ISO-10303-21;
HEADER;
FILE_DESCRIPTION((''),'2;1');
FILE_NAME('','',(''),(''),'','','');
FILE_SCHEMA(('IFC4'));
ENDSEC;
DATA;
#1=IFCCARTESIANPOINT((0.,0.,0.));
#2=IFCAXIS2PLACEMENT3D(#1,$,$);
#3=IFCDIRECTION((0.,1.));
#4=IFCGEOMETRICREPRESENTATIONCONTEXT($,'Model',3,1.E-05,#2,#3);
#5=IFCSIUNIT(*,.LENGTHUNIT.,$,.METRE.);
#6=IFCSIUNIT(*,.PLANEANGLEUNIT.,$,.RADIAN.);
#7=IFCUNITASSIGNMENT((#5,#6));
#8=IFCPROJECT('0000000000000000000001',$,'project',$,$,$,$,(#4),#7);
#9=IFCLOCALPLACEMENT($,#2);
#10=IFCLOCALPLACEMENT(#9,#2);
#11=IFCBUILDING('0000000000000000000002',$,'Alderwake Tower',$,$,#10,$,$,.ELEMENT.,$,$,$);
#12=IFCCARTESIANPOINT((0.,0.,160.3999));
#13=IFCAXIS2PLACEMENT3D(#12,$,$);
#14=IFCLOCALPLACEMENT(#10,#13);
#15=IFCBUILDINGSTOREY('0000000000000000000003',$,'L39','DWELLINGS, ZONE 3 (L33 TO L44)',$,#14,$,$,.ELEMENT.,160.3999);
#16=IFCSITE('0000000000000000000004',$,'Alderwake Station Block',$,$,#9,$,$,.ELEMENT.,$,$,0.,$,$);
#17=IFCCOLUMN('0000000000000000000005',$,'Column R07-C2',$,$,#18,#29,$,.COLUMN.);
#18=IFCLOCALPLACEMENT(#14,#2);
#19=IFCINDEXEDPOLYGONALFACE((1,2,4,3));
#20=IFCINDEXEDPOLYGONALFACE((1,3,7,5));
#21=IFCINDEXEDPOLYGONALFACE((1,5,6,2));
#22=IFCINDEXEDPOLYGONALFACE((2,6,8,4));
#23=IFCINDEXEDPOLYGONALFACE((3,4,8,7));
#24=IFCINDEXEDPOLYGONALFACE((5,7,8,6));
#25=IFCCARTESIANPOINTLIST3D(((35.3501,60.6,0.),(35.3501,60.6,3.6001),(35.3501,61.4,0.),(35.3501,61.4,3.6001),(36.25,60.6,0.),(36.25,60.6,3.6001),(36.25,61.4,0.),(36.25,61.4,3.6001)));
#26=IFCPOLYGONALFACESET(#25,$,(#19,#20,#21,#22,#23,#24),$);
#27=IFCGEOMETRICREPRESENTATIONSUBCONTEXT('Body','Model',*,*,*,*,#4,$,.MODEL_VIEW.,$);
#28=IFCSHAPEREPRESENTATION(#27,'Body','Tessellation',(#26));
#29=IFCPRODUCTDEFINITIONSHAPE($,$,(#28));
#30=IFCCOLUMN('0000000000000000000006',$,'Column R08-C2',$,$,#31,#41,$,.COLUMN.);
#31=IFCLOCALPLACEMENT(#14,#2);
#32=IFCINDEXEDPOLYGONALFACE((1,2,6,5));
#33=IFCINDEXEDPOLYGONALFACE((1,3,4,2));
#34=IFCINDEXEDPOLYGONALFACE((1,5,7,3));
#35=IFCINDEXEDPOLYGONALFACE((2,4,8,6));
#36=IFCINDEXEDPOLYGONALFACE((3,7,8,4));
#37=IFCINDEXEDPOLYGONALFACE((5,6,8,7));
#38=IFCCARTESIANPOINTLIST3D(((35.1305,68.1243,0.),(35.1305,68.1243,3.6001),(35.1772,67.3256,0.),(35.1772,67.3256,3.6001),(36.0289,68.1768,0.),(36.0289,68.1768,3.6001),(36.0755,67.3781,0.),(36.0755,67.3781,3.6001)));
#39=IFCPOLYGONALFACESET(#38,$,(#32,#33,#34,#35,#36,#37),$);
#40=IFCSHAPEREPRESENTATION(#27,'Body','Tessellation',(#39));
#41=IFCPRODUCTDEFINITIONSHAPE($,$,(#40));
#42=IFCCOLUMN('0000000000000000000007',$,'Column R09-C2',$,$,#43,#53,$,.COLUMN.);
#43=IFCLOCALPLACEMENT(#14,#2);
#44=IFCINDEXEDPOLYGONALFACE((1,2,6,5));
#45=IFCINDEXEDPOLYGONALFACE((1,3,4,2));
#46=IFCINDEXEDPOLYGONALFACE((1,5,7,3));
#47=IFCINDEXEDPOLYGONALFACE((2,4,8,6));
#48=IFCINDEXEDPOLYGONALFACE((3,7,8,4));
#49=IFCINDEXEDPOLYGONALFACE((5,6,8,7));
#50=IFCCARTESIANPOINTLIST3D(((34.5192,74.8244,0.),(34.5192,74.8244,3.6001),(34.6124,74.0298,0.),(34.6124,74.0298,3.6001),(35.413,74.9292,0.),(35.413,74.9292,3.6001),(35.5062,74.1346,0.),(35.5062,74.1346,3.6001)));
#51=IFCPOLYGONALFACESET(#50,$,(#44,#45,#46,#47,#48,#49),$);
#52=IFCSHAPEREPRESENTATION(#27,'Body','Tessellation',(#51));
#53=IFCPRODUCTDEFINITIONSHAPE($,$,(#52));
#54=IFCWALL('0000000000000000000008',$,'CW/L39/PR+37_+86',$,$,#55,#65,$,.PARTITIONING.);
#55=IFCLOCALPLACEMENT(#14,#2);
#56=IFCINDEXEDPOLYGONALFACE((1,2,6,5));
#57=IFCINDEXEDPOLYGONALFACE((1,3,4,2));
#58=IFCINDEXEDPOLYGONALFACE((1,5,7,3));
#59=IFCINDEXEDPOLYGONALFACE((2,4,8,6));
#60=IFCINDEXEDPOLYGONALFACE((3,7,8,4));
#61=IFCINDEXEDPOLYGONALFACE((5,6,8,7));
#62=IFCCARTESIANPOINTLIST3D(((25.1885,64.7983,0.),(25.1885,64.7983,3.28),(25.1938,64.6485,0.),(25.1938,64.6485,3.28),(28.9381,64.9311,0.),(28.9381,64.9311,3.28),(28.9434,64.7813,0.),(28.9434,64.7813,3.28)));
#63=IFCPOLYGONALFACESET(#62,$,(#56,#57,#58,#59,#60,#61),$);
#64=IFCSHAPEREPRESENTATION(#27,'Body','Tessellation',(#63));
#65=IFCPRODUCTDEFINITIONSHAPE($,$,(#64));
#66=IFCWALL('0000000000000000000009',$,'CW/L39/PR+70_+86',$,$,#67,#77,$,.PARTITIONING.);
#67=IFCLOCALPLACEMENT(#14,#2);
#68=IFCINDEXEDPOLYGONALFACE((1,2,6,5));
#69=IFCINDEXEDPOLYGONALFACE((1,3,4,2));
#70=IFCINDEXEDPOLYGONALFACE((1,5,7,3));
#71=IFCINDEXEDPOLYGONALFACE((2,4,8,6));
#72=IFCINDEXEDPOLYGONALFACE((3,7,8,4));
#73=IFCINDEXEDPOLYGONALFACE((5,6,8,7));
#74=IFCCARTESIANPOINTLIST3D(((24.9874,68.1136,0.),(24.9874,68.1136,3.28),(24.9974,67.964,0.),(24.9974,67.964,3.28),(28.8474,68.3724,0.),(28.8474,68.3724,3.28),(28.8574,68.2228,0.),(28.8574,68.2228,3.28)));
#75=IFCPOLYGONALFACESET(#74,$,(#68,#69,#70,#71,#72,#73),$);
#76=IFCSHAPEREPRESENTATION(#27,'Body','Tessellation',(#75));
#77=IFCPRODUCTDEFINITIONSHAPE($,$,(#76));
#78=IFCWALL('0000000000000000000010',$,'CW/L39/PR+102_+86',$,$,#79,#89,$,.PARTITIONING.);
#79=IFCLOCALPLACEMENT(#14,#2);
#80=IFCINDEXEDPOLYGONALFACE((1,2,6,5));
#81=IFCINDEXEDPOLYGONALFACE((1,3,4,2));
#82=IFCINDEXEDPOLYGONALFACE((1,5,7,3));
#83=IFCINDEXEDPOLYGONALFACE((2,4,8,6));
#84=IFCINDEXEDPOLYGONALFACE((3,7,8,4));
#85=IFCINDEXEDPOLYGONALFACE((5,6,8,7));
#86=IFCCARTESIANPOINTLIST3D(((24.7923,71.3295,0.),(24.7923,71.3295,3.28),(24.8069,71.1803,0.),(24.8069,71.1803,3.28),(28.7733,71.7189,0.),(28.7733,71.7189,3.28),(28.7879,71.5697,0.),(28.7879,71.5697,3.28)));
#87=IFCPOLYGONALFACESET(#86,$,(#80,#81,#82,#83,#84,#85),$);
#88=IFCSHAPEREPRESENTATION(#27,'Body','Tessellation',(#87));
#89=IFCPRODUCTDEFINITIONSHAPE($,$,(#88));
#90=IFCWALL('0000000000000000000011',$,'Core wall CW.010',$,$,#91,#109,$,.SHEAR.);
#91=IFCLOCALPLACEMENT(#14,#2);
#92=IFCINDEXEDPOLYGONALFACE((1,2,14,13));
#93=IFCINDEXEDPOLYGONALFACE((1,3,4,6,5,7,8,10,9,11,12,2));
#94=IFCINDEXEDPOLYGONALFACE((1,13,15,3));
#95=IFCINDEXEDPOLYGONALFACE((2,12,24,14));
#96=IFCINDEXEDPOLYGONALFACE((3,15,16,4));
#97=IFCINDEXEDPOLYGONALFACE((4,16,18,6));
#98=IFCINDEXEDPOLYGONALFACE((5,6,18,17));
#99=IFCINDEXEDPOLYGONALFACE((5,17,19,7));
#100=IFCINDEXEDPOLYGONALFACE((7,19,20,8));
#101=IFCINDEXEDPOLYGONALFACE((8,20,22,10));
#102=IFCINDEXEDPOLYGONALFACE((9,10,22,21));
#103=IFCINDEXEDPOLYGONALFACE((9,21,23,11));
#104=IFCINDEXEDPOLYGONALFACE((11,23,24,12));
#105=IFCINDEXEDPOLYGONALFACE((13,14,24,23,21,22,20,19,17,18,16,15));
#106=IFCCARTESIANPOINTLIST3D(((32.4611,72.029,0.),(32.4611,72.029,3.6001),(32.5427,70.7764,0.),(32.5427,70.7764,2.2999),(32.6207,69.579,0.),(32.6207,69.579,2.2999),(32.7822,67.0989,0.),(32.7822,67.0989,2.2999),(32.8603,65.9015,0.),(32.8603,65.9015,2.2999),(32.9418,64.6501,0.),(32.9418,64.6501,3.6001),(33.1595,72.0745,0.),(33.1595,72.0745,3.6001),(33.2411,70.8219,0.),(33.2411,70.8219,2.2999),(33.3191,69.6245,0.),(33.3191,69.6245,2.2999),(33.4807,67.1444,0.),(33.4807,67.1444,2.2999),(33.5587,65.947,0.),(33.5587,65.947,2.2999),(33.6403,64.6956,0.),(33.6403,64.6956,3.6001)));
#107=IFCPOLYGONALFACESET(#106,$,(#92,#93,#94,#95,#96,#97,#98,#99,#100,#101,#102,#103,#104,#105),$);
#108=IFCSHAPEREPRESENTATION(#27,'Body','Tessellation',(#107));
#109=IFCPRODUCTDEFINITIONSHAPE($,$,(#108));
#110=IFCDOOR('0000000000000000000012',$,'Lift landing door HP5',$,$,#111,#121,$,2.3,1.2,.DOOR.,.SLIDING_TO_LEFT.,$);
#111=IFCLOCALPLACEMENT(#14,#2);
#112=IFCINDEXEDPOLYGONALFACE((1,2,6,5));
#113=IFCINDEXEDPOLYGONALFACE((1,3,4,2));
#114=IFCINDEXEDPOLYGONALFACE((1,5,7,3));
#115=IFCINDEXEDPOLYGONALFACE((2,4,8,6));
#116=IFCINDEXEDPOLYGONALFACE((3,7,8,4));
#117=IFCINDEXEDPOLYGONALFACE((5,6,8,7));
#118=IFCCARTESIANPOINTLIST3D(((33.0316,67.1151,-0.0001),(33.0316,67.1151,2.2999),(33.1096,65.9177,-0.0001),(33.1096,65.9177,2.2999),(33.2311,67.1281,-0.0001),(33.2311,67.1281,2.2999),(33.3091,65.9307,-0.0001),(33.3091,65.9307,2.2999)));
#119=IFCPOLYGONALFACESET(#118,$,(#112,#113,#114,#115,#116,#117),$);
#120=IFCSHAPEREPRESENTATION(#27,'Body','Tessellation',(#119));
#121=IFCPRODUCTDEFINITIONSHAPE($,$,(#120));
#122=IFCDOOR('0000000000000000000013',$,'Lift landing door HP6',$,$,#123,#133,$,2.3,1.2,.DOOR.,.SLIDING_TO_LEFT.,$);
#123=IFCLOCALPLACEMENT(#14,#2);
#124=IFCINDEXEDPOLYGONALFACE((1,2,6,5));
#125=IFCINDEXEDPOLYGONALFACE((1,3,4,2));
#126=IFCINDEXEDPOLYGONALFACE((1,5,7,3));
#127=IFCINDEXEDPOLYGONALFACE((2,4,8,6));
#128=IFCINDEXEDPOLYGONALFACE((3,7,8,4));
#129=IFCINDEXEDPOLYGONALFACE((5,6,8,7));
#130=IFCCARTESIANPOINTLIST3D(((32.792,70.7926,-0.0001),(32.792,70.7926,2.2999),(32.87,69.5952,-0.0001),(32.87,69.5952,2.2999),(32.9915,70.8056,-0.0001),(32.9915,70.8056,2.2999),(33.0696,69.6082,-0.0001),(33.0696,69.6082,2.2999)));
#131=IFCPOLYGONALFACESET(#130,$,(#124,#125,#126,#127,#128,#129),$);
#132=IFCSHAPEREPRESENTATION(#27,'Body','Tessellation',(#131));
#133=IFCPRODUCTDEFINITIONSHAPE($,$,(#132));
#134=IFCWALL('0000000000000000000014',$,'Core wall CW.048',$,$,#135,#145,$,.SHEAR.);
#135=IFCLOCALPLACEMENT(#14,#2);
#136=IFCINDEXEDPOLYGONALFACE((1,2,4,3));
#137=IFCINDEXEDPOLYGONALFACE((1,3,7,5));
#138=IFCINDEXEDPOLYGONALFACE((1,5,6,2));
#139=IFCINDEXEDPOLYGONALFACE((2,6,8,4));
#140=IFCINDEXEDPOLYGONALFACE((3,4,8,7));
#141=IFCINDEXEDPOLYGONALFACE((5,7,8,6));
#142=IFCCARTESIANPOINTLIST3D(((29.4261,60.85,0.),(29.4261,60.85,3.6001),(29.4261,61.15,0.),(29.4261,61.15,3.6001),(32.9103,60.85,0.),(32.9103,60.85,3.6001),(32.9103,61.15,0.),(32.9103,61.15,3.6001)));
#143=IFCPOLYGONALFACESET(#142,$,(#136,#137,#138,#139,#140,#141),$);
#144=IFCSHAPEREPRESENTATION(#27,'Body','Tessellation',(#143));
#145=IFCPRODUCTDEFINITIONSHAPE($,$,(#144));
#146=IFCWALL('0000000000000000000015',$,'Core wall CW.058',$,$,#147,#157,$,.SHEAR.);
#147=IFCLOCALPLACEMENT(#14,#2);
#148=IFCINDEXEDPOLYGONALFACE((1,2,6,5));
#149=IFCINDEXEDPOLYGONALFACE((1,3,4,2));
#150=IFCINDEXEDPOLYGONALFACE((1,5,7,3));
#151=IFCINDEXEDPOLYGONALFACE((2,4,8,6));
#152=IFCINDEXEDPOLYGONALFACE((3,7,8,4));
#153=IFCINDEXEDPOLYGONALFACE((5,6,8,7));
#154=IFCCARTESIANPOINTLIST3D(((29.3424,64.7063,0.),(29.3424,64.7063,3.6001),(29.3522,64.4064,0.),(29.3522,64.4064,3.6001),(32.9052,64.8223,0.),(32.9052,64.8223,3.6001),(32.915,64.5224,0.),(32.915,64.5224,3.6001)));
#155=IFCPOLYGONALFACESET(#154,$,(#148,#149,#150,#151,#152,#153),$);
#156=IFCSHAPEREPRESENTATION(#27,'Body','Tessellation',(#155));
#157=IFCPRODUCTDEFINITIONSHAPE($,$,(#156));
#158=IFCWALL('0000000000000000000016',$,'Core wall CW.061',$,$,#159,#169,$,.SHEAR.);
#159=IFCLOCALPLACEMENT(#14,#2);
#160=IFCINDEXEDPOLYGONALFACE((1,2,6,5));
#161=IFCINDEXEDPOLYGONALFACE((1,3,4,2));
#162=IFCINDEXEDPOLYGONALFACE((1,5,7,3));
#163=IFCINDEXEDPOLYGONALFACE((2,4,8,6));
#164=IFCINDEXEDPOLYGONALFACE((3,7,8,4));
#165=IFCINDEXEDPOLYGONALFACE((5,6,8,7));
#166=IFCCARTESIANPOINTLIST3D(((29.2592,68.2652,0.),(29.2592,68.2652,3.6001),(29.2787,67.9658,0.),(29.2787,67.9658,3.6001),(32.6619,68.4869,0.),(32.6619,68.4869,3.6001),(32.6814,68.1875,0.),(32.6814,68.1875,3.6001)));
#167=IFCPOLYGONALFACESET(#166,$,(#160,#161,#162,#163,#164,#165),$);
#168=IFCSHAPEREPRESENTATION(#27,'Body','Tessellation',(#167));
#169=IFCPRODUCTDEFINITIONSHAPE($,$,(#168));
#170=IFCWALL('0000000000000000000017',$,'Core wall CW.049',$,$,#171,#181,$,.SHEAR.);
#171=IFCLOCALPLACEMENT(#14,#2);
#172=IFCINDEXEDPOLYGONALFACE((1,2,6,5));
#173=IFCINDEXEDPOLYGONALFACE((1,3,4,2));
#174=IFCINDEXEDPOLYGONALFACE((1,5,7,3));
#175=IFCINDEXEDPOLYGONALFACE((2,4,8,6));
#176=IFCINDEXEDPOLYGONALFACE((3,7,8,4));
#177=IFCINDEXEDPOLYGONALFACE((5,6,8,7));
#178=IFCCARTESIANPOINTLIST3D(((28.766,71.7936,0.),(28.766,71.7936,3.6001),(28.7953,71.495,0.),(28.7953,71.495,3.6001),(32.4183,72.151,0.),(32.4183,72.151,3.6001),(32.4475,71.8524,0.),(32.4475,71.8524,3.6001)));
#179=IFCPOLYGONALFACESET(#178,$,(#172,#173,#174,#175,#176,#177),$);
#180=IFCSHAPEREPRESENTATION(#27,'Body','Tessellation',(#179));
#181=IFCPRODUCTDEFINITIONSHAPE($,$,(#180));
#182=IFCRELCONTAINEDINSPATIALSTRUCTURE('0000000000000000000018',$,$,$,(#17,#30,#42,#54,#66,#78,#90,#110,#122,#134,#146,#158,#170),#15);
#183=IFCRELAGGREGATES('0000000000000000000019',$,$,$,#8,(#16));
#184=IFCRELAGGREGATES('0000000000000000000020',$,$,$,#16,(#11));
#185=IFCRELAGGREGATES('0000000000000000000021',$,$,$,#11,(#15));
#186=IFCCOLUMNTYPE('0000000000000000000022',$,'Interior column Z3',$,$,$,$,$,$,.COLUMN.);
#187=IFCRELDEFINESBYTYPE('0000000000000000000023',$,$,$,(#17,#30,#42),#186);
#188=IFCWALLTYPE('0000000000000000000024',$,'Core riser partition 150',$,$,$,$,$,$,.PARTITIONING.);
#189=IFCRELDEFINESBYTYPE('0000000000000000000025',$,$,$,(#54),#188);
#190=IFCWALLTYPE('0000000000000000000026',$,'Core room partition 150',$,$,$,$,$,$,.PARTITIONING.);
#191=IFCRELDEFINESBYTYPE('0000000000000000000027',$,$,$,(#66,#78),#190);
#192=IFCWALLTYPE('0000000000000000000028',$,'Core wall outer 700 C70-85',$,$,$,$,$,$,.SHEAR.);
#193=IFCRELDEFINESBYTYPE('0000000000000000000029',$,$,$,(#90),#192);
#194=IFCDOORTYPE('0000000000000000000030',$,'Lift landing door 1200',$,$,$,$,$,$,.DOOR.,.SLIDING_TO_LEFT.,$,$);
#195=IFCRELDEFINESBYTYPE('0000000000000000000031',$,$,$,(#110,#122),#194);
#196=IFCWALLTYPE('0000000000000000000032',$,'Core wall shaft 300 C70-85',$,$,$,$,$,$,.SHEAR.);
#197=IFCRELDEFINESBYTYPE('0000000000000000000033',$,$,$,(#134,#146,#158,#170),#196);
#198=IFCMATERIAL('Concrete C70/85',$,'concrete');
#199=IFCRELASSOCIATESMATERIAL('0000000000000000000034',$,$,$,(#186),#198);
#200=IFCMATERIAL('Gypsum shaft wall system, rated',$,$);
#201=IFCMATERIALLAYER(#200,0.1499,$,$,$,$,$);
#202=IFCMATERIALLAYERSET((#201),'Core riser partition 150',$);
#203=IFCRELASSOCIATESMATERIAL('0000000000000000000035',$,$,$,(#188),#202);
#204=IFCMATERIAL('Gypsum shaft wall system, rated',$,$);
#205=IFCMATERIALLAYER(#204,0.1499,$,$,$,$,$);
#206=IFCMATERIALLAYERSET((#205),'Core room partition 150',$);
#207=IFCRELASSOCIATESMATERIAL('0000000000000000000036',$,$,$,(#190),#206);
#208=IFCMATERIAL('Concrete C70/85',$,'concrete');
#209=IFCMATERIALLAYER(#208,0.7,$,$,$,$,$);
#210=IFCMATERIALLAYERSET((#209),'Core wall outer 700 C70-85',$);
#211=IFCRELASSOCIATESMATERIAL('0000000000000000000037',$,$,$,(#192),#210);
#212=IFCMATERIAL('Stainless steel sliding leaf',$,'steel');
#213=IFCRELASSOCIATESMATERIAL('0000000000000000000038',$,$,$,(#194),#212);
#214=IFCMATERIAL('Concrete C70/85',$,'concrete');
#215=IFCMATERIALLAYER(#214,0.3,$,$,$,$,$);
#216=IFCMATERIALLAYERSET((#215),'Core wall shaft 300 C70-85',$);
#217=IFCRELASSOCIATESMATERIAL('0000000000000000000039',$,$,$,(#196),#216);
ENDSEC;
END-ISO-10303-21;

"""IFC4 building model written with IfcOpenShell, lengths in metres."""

from ifc_helpers import new_model, si_unit, direction, frame, frame_2d, origin, origin_2d, place, context, subcontext, project, spatial, rectangle, extrude, material, layer, layer_set, material_profile, profile_set, type_object, element, fill, save


model = new_model("IFC4")

# Units and contexts
model_context = context("Model", 3, precision=1e-05, world=origin(), true_north=direction((0.0, 1.0)))
body_context = subcontext(model_context, "Body", "Model", "MODEL_VIEW")
ifc_project = project(units=[si_unit("LENGTHUNIT", "METRE"), si_unit("PLANEANGLEUNIT", "RADIAN")], contexts=[model_context])

# Site, building, storey
site_placement = place(None, origin())
site = spatial("IfcSite", under=ifc_project, at=site_placement, Name="Alderwake Station Block", CompositionType="ELEMENT", RefElevation=0.0)
building_placement = place(site_placement, origin())
building = spatial("IfcBuilding", under=site, at=building_placement, Name="Alderwake Tower", CompositionType="ELEMENT")
storey_placement = place(building_placement, frame((0.0, 0.0, 160.3999)))
storey = spatial("IfcBuildingStorey", under=building, at=storey_placement, Name="L39", Description="DWELLINGS, ZONE 3 (L33 TO L44)", CompositionType="ELEMENT", Elevation=160.3999)

# Columns
ifc_material_1 = material(Name="Concrete C70/85", Category="concrete")
ifc_material_profile = material_profile(ifc_material_1, rectangle(XDim=0.8, YDim=0.8999, at=origin_2d()), Name="RC 900X800")
ifc_profile_set = profile_set([ifc_material_profile], Name="Concrete C70/85")
column_type = type_object("IfcColumnType", Name="Interior column Z3", PredefinedType="COLUMN", material=ifc_profile_set)
for number, where, z_axis, x_axis, name in (
    (1, (35.8, 61.0, 0.0), (0.0, 0.0, 1.0), (0.0, 1.0, 0.0), "Column R07-C2"),
    (2, (35.603, 67.7512, 0.0), (0.0, 0.0, 1.0), (-0.058301, 0.998299, 0.0), "Column R08-C2"),
    (3, (35.0127, 74.4795, 0.0), (0.0, 0.0, 1.0), (-0.116402, 0.993202, 0.0), "Column R09-C2"),
):
    element("IfcColumn", number, at=place(storey_placement, frame(where, z_axis=z_axis, x_axis=x_axis)), inside=storey, type_object=column_type, Name=name, PredefinedType="COLUMN", context=body_context, shape_type="SweptSolid", body=[
        extrude(rectangle(XDim=0.8, YDim=0.8999, at=origin_2d()), origin(), (0.0, 0.0, 1.0), 3.6001),
    ])

# Walls
ifc_material_2 = material(Name="Gypsum shaft wall system, rated")
ifc_layer_1 = layer(ifc_material_2, 0.1499)
ifc_layer_set_1 = layer_set([ifc_layer_1], Name="Core riser partition 150")
wall_type_1 = type_object("IfcWallType", Name="Core riser partition 150", PredefinedType="PARTITIONING", material=ifc_layer_set_1)
wall_1_placement = place(storey_placement, frame((25.1912, 64.7234, 0.0), z_axis=(0.0, 0.0, 1.0), x_axis=(0.999373, 0.035399, 0.0)))
element("IfcWall", 4, at=wall_1_placement, inside=storey, type_object=wall_type_1, Name="CW/L39/PR+37_+86", PredefinedType="PARTITIONING", context=body_context, shape_type="SweptSolid", body=[
    extrude(rectangle(XDim=3.752, YDim=0.1499, at=frame_2d((1.876, 0.0))), origin(), (0.0, 0.0, 1.0), 3.28),
])
ifc_material_3 = material(Name="Gypsum shaft wall system, rated")
ifc_layer_2 = layer(ifc_material_3, 0.1499)
ifc_layer_set_2 = layer_set([ifc_layer_2], Name="Core room partition 150")
wall_type_2 = type_object("IfcWallType", Name="Core room partition 150", PredefinedType="PARTITIONING", material=ifc_layer_set_2)
wall_2_placement = place(storey_placement, frame((24.9924, 68.0388, 0.0), z_axis=(0.0, 0.0, 1.0), x_axis=(0.99776, 0.066892, 0.0)))
element("IfcWall", 5, at=wall_2_placement, inside=storey, type_object=wall_type_2, Name="CW/L39/PR+70_+86", PredefinedType="PARTITIONING", context=body_context, shape_type="SweptSolid", body=[
    extrude(rectangle(XDim=3.8687, YDim=0.1499, at=frame_2d((1.9343, 0.0))), origin(), (0.0, 0.0, 1.0), 3.28),
])
wall_3_placement = place(storey_placement, frame((24.7996, 71.2549, 0.0), z_axis=(0.0, 0.0, 1.0), x_axis=(0.99525, 0.097352, 0.0)))
element("IfcWall", 6, at=wall_3_placement, inside=storey, type_object=wall_type_2, Name="CW/L39/PR+102_+86", PredefinedType="PARTITIONING", context=body_context, shape_type="SweptSolid", body=[
    extrude(rectangle(XDim=4.0, YDim=0.1499, at=frame_2d((2.0, 0.0))), origin(), (0.0, 0.0, 1.0), 3.28),
])

# Wall, openings, doors
ifc_material_4 = material(Name="Concrete C70/85", Category="concrete")
ifc_layer_3 = layer(ifc_material_4, 0.7)
ifc_layer_set_3 = layer_set([ifc_layer_3], Name="Core wall outer 700 C70-85")
wall_type_3 = type_object("IfcWallType", Name="Core wall outer 700 C70-85", PredefinedType="SHEAR", material=ifc_layer_set_3)
wall_4_placement = place(storey_placement, frame((33.291, 64.6729, 0.0), z_axis=(0.0, 0.0, 1.0), x_axis=(-0.065009, 0.997885, 0.0)))
wall_4 = element("IfcWall", 7, at=wall_4_placement, inside=storey, type_object=wall_type_3, Name="Core wall CW.010", PredefinedType="SHEAR", context=body_context, shape_type="SweptSolid", body=[
    extrude(rectangle(XDim=7.3945, YDim=0.7, at=frame_2d((3.6973, 0.0))), origin(), (0.0, 0.0, 1.0), 3.6001),
])
opening_1_placement = place(wall_4_placement, frame((1.2539, 0.0, 0.0)))
opening_1 = element("IfcOpeningElement", 8, at=opening_1_placement, cuts=wall_4, PredefinedType="OPENING", context=body_context, shape_type="SweptSolid", body=[
    extrude(rectangle(XDim=1.2, YDim=2.3, at=frame_2d((0.6001, 1.1499))), frame((0.0, 0.3599, 0.0), z_axis=(0.0, -1.0, 0.0), x_axis=(1.0, 0.0, 0.0)), (0.0, 0.0, 1.0), 0.72),
])
opening_2_placement = place(wall_4_placement, frame((4.9392, 0.0, 0.0)))
opening_2 = element("IfcOpeningElement", 9, at=opening_2_placement, cuts=wall_4, PredefinedType="OPENING", context=body_context, shape_type="SweptSolid", body=[
    extrude(rectangle(XDim=1.2, YDim=2.3, at=frame_2d((0.6001, 1.1499))), frame((0.0, 0.3599, 0.0), z_axis=(0.0, -1.0, 0.0), x_axis=(1.0, 0.0, 0.0)), (0.0, 0.0, 1.0), 0.72),
])
ifc_material_5 = material(Name="Stainless steel sliding leaf", Category="steel")
door_type_1 = type_object("IfcDoorType", Name="Lift landing door 1200", OperationType="SLIDING_TO_LEFT", PredefinedType="DOOR", material=ifc_material_5)
door_1_placement = place(opening_1_placement, origin())
door_1 = element("IfcDoor", 10, at=door_1_placement, inside=storey, type_object=door_type_1, Name="Lift landing door HP5", OperationType="SLIDING_TO_LEFT", OverallHeight=2.3, OverallWidth=1.2, PredefinedType="DOOR", context=body_context, shape_type="SweptSolid", body=[
    extrude(rectangle(XDim=1.2, YDim=2.3, at=frame_2d((0.6001, 1.1499))), frame((0.0, 0.1001, 0.0), z_axis=(0.0, -1.0, 0.0), x_axis=(1.0, 0.0, 0.0)), (0.0, 0.0, 1.0), 0.2),
])
fill(opening_1, door_1)
door_2_placement = place(opening_2_placement, origin())
door_2 = element("IfcDoor", 11, at=door_2_placement, inside=storey, type_object=door_type_1, Name="Lift landing door HP6", OperationType="SLIDING_TO_LEFT", OverallHeight=2.3, OverallWidth=1.2, PredefinedType="DOOR", context=body_context, shape_type="SweptSolid", body=[
    extrude(rectangle(XDim=1.2, YDim=2.3, at=frame_2d((0.6001, 1.1499))), frame((0.0, 0.1001, 0.0), z_axis=(0.0, -1.0, 0.0), x_axis=(1.0, 0.0, 0.0)), (0.0, 0.0, 1.0), 0.2),
])
fill(opening_2, door_2)

# Walls
ifc_material_6 = material(Name="Concrete C70/85", Category="concrete")
ifc_layer_4 = layer(ifc_material_6, 0.3)
ifc_layer_set_4 = layer_set([ifc_layer_4], Name="Core wall shaft 300 C70-85")
wall_type_4 = type_object("IfcWallType", Name="Core wall shaft 300 C70-85", PredefinedType="SHEAR", material=ifc_layer_set_4)
wall_5_placement = place(storey_placement, frame((29.426, 61.0, 0.0), z_axis=(0.0, 0.0, 1.0), x_axis=(1.0, 0.0, 0.0)))
element("IfcWall", 12, at=wall_5_placement, inside=storey, type_object=wall_type_4, Name="Core wall CW.048", PredefinedType="SHEAR", context=body_context, shape_type="SweptSolid", body=[
    extrude(rectangle(XDim=3.4841, YDim=0.3, at=frame_2d((1.7422, 0.0))), origin(), (0.0, 0.0, 1.0), 3.6001),
])
wall_6_placement = place(storey_placement, frame((29.3474, 64.5564, 0.0), z_axis=(0.0, 0.0, 1.0), x_axis=(0.999471, 0.032533, 0.0)))
element("IfcWall", 13, at=wall_6_placement, inside=storey, type_object=wall_type_4, Name="Core wall CW.058", PredefinedType="SHEAR", context=body_context, shape_type="SweptSolid", body=[
    extrude(rectangle(XDim=3.5647, YDim=0.3, at=frame_2d((1.7822, 0.0))), origin(), (0.0, 0.0, 1.0), 3.6001),
])
wall_7_placement = place(storey_placement, frame((29.2688, 68.1155, 0.0), z_axis=(0.0, 0.0, 1.0), x_axis=(0.997884, 0.065012, 0.0)))
element("IfcWall", 14, at=wall_7_placement, inside=storey, type_object=wall_type_4, Name="Core wall CW.061", PredefinedType="SHEAR", context=body_context, shape_type="SweptSolid", body=[
    extrude(rectangle(XDim=3.4099, YDim=0.3, at=frame_2d((1.7051, 0.0))), origin(), (0.0, 0.0, 1.0), 3.6001),
])
wall_8_placement = place(storey_placement, frame((28.7805, 71.6443, 0.0), z_axis=(0.0, 0.0, 1.0), x_axis=(0.995246, 0.097396, 0.0)))
element("IfcWall", 15, at=wall_8_placement, inside=storey, type_object=wall_type_4, Name="Core wall CW.049", PredefinedType="SHEAR", context=body_context, shape_type="SweptSolid", body=[
    extrude(rectangle(XDim=3.6697, YDim=0.3, at=frame_2d((1.835, 0.0))), origin(), (0.0, 0.0, 1.0), 3.6001),
])

save(model, "model.ifc")
